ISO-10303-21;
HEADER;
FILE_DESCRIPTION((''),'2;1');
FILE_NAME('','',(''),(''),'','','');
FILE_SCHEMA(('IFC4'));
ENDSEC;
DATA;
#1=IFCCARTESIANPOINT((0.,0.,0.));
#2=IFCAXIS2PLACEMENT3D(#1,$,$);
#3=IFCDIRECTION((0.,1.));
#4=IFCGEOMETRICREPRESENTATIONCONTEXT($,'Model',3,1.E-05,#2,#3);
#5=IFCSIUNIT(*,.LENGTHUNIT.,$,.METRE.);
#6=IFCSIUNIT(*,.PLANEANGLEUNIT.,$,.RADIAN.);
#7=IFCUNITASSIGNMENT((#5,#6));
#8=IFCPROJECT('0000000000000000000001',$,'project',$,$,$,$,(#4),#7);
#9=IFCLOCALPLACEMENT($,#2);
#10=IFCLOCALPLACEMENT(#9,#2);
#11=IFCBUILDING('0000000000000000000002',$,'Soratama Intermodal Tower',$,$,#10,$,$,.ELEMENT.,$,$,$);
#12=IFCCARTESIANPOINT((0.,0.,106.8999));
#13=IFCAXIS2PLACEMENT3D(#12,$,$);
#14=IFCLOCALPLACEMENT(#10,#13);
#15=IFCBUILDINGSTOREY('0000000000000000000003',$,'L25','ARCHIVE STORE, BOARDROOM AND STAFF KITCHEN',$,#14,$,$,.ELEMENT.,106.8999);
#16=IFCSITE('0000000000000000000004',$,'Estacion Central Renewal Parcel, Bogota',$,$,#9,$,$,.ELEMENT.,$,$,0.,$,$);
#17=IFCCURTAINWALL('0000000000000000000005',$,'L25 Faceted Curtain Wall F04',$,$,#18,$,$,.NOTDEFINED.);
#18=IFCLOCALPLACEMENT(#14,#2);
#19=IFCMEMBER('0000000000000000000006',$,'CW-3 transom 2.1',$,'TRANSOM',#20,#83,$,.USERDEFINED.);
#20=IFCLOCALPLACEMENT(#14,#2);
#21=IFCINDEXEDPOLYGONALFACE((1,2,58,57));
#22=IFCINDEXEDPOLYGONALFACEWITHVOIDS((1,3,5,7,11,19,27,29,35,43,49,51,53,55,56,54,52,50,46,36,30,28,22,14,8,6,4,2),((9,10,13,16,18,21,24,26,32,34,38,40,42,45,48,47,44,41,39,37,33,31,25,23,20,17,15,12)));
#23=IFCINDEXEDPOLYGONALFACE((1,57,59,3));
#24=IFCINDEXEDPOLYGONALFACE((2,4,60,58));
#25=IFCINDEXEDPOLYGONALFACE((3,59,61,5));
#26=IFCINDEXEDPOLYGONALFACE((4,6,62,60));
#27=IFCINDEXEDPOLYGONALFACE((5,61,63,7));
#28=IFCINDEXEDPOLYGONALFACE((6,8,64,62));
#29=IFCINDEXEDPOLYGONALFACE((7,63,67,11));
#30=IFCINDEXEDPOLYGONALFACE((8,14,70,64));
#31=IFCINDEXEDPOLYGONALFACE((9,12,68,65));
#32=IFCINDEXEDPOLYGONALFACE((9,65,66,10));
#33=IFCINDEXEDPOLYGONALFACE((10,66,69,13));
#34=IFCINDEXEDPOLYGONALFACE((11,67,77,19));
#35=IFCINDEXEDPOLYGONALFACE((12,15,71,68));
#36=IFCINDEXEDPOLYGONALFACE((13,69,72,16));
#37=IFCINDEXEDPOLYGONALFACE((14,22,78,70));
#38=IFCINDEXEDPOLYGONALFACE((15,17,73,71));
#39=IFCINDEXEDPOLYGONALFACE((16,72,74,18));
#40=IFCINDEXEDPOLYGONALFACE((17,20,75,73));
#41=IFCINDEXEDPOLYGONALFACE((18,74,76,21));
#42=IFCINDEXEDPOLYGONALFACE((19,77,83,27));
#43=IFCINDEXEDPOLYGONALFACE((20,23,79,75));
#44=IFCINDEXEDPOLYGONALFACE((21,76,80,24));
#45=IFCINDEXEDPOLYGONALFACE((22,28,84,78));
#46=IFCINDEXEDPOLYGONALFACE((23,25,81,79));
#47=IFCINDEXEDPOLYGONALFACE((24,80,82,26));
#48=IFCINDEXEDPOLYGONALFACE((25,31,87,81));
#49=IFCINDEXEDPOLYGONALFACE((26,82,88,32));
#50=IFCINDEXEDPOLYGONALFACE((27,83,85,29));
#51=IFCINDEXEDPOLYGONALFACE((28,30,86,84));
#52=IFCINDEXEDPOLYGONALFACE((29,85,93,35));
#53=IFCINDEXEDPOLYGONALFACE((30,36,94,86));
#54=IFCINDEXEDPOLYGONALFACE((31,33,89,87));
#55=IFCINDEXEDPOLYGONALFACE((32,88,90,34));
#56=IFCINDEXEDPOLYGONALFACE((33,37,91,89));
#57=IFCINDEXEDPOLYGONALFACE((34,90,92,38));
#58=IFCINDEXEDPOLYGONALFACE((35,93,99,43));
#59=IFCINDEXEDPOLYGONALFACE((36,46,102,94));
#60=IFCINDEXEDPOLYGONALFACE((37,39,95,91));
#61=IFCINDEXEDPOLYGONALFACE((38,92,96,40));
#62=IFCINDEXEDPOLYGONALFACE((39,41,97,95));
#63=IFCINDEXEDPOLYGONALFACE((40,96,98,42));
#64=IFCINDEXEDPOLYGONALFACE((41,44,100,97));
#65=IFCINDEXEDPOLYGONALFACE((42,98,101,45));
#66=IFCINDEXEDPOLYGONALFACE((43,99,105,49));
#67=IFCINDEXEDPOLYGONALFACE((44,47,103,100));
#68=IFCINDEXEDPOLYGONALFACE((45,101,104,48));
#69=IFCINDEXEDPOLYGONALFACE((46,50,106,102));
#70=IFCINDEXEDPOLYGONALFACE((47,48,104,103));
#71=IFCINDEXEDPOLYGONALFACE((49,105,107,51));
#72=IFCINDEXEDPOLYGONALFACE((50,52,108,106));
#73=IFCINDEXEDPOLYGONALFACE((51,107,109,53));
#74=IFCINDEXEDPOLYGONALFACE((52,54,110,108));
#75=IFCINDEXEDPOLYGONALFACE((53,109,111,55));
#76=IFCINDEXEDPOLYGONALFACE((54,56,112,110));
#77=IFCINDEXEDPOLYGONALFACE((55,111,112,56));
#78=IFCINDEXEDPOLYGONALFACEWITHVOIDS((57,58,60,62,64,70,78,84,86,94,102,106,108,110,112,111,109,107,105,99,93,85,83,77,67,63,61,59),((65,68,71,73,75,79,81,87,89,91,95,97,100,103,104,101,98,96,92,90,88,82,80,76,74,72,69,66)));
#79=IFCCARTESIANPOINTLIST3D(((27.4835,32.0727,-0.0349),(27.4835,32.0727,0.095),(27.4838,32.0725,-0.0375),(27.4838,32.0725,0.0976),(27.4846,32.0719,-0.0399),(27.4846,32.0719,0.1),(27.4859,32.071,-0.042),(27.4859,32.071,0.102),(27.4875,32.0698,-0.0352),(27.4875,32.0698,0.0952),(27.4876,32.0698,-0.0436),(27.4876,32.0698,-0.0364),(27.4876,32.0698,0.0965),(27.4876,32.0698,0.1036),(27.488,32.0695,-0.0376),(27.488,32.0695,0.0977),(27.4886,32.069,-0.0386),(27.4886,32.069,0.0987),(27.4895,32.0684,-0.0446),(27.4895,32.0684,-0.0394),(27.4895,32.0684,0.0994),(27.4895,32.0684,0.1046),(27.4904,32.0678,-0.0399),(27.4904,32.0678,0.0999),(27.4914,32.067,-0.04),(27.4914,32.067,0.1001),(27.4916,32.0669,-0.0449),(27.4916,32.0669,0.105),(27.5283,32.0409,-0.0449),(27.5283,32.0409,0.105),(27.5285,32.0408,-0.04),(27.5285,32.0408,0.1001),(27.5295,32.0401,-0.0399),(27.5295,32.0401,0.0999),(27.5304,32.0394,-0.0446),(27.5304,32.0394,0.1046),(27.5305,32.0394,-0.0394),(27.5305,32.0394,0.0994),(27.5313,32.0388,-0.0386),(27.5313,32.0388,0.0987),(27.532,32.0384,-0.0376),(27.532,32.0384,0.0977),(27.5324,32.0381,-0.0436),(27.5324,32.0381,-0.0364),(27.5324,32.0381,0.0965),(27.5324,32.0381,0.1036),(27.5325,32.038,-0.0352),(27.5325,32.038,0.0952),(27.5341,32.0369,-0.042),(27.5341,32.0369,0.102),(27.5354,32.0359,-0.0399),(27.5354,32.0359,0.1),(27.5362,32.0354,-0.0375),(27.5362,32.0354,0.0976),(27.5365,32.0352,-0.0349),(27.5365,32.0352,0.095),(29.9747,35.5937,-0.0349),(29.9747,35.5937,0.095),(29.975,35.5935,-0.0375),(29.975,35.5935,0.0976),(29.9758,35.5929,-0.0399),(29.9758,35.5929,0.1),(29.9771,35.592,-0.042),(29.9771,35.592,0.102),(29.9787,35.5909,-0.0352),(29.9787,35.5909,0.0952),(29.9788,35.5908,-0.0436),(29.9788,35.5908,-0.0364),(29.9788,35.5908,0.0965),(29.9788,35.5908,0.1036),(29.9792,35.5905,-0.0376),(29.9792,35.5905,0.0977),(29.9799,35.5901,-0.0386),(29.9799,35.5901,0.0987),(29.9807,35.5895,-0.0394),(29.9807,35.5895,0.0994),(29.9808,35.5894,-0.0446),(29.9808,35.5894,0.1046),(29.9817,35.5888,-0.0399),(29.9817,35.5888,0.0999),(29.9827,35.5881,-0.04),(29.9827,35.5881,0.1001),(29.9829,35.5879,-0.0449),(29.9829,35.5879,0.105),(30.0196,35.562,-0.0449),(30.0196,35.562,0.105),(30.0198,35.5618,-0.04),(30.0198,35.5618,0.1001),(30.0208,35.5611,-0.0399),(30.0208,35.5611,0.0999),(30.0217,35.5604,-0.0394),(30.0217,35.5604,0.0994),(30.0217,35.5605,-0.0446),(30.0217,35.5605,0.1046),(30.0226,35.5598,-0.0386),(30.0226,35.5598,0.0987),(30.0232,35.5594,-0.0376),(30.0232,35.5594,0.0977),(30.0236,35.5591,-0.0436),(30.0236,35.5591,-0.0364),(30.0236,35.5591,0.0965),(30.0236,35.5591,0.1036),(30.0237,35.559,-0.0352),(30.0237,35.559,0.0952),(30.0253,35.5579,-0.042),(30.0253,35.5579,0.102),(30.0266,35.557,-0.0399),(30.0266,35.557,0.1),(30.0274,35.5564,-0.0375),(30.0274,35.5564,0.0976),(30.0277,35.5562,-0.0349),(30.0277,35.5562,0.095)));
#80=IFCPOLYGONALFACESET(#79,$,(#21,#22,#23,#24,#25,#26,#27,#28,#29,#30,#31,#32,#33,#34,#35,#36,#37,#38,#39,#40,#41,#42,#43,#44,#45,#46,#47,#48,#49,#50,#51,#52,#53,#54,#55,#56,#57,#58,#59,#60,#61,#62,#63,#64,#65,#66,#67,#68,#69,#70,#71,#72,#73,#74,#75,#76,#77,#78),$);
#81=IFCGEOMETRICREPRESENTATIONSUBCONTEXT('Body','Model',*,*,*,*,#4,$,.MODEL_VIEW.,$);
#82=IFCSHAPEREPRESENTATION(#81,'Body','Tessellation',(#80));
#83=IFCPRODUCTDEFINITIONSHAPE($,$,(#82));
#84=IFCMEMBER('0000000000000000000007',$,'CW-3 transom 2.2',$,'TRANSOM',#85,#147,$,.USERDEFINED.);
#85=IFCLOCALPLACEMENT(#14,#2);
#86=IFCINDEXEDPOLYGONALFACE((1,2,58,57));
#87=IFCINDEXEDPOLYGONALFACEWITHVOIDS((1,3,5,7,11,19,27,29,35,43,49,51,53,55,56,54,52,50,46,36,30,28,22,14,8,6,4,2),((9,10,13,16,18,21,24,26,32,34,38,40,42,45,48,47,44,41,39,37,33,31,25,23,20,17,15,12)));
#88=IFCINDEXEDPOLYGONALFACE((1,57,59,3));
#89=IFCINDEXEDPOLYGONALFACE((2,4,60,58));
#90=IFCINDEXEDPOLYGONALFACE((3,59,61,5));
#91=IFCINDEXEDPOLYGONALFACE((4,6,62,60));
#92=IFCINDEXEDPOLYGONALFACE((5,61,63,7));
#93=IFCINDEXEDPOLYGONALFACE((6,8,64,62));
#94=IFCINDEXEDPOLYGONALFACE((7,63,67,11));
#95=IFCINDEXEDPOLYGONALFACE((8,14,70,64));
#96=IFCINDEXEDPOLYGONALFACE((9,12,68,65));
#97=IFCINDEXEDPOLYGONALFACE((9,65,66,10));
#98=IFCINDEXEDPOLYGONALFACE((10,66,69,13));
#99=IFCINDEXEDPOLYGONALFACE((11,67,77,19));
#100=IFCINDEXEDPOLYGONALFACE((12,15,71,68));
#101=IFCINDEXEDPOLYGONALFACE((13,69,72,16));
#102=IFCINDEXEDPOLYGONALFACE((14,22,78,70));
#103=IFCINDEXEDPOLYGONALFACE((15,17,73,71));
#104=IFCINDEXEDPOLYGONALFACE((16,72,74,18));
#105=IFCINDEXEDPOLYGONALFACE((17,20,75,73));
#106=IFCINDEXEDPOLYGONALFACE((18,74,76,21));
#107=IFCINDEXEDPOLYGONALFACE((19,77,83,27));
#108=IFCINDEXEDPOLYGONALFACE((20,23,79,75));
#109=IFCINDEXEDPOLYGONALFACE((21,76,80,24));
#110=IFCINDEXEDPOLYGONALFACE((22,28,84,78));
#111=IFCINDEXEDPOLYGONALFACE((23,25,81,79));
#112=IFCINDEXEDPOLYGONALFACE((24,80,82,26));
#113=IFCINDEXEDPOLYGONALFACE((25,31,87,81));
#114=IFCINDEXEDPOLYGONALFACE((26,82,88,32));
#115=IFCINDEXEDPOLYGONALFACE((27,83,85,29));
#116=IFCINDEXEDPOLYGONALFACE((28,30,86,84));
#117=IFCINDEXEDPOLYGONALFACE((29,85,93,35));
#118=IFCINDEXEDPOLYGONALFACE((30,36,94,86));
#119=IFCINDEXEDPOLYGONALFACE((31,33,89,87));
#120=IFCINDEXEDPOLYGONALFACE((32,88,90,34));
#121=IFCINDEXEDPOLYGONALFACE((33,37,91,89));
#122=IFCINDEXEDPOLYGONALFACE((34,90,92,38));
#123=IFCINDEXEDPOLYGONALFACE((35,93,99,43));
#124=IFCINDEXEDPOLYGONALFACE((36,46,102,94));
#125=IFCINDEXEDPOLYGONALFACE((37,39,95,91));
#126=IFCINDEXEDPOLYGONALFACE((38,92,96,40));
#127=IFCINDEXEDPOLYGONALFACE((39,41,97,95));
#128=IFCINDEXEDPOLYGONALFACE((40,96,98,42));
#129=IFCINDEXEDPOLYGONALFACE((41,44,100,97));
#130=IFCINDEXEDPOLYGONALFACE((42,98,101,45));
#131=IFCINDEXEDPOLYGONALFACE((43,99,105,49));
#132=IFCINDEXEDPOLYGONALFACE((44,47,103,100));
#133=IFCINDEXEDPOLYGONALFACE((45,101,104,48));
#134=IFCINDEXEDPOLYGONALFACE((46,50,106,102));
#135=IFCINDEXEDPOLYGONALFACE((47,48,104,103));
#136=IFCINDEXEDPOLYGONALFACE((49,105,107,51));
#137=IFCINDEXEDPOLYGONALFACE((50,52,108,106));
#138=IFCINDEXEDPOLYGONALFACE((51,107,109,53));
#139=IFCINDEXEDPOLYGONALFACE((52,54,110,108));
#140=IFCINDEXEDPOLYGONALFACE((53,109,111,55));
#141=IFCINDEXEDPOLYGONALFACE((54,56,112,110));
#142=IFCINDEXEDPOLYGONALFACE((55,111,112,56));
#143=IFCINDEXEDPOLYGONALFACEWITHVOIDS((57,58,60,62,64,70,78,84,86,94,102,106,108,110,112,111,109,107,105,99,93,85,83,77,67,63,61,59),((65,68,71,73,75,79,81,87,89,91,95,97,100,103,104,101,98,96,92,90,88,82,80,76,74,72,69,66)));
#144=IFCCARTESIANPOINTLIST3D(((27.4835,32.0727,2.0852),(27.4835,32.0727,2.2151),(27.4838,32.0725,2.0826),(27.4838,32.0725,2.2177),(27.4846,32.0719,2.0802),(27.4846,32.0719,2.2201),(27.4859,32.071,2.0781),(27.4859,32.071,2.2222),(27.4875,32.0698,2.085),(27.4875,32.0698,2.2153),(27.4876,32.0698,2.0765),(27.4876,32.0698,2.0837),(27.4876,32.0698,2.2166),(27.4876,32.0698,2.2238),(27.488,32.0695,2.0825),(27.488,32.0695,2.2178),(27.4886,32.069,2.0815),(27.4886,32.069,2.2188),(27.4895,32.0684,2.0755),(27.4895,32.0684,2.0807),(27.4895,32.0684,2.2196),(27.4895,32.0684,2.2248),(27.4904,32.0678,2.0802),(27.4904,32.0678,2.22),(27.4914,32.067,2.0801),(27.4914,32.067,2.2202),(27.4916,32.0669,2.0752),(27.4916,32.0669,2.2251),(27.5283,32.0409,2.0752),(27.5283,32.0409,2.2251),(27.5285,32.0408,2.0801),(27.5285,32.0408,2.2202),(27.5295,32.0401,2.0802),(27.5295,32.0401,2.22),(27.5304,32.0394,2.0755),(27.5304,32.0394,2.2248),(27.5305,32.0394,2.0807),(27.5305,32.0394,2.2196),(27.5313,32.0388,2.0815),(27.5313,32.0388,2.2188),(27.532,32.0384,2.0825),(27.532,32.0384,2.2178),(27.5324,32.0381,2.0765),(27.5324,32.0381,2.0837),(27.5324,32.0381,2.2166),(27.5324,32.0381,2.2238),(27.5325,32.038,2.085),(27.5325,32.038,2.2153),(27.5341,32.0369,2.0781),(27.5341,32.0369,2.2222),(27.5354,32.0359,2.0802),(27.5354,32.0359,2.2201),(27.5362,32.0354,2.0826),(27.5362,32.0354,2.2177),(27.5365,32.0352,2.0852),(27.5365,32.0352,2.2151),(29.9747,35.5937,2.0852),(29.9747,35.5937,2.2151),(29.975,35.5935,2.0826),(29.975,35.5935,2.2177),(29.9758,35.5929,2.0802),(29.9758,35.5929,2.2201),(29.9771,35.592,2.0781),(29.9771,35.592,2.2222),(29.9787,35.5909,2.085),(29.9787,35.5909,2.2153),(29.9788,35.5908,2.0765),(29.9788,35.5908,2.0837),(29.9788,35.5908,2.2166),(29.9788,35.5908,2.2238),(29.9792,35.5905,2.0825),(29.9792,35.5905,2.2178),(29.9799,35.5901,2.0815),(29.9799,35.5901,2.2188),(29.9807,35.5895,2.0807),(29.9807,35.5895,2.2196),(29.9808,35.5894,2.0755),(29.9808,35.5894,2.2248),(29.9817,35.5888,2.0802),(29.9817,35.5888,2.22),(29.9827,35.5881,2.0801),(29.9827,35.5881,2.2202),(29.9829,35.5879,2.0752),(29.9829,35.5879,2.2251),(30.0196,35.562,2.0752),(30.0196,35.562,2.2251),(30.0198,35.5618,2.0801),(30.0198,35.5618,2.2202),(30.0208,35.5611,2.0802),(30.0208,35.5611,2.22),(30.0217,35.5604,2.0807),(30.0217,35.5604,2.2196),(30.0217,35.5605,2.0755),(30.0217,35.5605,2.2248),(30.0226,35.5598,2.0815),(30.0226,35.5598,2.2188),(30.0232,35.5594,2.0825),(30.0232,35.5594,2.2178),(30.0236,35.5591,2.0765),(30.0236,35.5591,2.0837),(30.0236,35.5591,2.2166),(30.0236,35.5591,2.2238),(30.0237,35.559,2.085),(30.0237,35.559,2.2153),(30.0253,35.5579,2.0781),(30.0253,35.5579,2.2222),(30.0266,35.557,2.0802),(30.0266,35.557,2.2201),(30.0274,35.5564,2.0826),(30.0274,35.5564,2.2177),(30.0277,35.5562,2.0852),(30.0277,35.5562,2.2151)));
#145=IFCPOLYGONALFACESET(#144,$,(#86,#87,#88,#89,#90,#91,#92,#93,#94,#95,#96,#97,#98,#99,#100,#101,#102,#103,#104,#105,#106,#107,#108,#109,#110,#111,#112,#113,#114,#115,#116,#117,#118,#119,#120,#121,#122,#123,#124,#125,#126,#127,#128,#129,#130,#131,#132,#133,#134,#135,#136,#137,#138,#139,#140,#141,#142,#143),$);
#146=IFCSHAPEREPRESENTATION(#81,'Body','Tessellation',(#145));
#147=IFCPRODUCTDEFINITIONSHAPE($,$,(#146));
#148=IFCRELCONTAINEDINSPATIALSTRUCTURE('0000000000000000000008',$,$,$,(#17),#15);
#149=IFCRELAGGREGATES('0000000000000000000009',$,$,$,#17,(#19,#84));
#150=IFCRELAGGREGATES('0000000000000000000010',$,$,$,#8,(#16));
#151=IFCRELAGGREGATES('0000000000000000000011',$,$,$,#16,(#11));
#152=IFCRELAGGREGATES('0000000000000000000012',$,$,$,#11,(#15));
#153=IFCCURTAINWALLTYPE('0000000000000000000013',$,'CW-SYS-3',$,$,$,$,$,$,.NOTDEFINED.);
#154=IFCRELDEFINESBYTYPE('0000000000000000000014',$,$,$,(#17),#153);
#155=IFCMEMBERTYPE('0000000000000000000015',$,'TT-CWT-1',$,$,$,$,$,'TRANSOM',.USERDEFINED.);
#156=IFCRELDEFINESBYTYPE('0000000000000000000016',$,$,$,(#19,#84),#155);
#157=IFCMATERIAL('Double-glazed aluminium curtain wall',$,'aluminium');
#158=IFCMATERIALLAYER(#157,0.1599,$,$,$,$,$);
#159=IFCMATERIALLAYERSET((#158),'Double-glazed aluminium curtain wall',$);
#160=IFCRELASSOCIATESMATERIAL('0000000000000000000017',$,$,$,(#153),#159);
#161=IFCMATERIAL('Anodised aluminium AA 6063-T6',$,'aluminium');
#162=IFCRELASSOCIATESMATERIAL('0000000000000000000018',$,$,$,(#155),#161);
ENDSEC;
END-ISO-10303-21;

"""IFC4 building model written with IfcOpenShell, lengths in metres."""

from ifc_helpers import new_model, si_unit, direction, frame, origin, origin_2d, place, context, subcontext, project, spatial, hollow_rectangle, extrude, material, layer, layer_set, material_profile, profile_set, type_object, element, aggregate, save


model = new_model("IFC4")

# Units and contexts
model_context = context("Model", 3, precision=1e-05, world=origin(), true_north=direction((0.0, 1.0)))
body_context = subcontext(model_context, "Body", "Model", "MODEL_VIEW")
ifc_project = project(units=[si_unit("LENGTHUNIT", "METRE"), si_unit("PLANEANGLEUNIT", "RADIAN")], contexts=[model_context])

# Site, building, storey
site_placement = place(None, origin())
site = spatial("IfcSite", under=ifc_project, at=site_placement, Name="Estacion Central Renewal Parcel, Bogota", CompositionType="ELEMENT", RefElevation=0.0)
building_placement = place(site_placement, origin())
building = spatial("IfcBuilding", under=site, at=building_placement, Name="Soratama Intermodal Tower", CompositionType="ELEMENT")
storey_placement = place(building_placement, frame((0.0, 0.0, 106.8999)))
storey = spatial("IfcBuildingStorey", under=building, at=storey_placement, Name="L25", Description="ARCHIVE STORE, BOARDROOM AND STAFF KITCHEN", CompositionType="ELEMENT", Elevation=106.8999)

# Curtain wall, members
ifc_material_1 = material(Name="Double-glazed aluminium curtain wall", Category="aluminium")
ifc_layer_1 = layer(ifc_material_1, 0.1599)
ifc_layer_set_1 = layer_set([ifc_layer_1], Name="Double-glazed aluminium curtain wall")
curtain_wall_type = type_object("IfcCurtainWallType", Name="CW-SYS-3", PredefinedType="NOTDEFINED", material=ifc_layer_set_1)
curtain_wall_placement = place(storey_placement, origin())
curtain_wall = element("IfcCurtainWall", 1, at=curtain_wall_placement, inside=storey, type_object=curtain_wall_type, Name="L25 Faceted Curtain Wall F04", PredefinedType="NOTDEFINED")
ifc_material_2 = material(Name="Anodised aluminium AA 6063-T6", Category="aluminium")
ifc_material_profile_1 = material_profile(ifc_material_2, hollow_rectangle(XDim=0.0649, YDim=0.1499, WallThickness=0.0049, InnerFilletRadius=0.0049, OuterFilletRadius=0.01, at=origin_2d()), Name="CWT150X65X5")
ifc_profile_set_1 = profile_set([ifc_material_profile_1], Name="Anodised aluminium AA 6063-T6")
member_type_1 = type_object("IfcMemberType", Name="TT-CWT-1", ElementType="TRANSOM", PredefinedType="USERDEFINED", material=ifc_profile_set_1)
member_1_placement = place(storey_placement, frame((30.0012, 35.575, 0.03), z_axis=(-0.577581, -0.816334, 0.0), x_axis=(0.816334, -0.577581, 0.0)))
member_1 = element("IfcMember", 2, at=member_1_placement, type_object=member_type_1, Name="CW-3 transom 2.1", ObjectType="TRANSOM", PredefinedType="USERDEFINED", context=body_context, shape_type="SweptSolid", body=[
    extrude(hollow_rectangle(XDim=0.0649, YDim=0.1499, WallThickness=0.0049, InnerFilletRadius=0.0049, OuterFilletRadius=0.01, at=origin_2d()), origin(), (0.0, 0.0, 1.0), 4.3132),
])
member_2_placement = place(storey_placement, frame((30.0012, 35.575, 2.1501), z_axis=(-0.577581, -0.816334, 0.0), x_axis=(0.816334, -0.577581, 0.0)))
member_2 = element("IfcMember", 3, at=member_2_placement, type_object=member_type_1, Name="CW-3 transom 2.2", ObjectType="TRANSOM", PredefinedType="USERDEFINED", context=body_context, shape_type="SweptSolid", body=[
    extrude(hollow_rectangle(XDim=0.0649, YDim=0.1499, WallThickness=0.0049, InnerFilletRadius=0.0049, OuterFilletRadius=0.01, at=origin_2d()), origin(), (0.0, 0.0, 1.0), 4.3132),
])
aggregate(curtain_wall, [member_1, member_2])

save(model, "model.ifc")
